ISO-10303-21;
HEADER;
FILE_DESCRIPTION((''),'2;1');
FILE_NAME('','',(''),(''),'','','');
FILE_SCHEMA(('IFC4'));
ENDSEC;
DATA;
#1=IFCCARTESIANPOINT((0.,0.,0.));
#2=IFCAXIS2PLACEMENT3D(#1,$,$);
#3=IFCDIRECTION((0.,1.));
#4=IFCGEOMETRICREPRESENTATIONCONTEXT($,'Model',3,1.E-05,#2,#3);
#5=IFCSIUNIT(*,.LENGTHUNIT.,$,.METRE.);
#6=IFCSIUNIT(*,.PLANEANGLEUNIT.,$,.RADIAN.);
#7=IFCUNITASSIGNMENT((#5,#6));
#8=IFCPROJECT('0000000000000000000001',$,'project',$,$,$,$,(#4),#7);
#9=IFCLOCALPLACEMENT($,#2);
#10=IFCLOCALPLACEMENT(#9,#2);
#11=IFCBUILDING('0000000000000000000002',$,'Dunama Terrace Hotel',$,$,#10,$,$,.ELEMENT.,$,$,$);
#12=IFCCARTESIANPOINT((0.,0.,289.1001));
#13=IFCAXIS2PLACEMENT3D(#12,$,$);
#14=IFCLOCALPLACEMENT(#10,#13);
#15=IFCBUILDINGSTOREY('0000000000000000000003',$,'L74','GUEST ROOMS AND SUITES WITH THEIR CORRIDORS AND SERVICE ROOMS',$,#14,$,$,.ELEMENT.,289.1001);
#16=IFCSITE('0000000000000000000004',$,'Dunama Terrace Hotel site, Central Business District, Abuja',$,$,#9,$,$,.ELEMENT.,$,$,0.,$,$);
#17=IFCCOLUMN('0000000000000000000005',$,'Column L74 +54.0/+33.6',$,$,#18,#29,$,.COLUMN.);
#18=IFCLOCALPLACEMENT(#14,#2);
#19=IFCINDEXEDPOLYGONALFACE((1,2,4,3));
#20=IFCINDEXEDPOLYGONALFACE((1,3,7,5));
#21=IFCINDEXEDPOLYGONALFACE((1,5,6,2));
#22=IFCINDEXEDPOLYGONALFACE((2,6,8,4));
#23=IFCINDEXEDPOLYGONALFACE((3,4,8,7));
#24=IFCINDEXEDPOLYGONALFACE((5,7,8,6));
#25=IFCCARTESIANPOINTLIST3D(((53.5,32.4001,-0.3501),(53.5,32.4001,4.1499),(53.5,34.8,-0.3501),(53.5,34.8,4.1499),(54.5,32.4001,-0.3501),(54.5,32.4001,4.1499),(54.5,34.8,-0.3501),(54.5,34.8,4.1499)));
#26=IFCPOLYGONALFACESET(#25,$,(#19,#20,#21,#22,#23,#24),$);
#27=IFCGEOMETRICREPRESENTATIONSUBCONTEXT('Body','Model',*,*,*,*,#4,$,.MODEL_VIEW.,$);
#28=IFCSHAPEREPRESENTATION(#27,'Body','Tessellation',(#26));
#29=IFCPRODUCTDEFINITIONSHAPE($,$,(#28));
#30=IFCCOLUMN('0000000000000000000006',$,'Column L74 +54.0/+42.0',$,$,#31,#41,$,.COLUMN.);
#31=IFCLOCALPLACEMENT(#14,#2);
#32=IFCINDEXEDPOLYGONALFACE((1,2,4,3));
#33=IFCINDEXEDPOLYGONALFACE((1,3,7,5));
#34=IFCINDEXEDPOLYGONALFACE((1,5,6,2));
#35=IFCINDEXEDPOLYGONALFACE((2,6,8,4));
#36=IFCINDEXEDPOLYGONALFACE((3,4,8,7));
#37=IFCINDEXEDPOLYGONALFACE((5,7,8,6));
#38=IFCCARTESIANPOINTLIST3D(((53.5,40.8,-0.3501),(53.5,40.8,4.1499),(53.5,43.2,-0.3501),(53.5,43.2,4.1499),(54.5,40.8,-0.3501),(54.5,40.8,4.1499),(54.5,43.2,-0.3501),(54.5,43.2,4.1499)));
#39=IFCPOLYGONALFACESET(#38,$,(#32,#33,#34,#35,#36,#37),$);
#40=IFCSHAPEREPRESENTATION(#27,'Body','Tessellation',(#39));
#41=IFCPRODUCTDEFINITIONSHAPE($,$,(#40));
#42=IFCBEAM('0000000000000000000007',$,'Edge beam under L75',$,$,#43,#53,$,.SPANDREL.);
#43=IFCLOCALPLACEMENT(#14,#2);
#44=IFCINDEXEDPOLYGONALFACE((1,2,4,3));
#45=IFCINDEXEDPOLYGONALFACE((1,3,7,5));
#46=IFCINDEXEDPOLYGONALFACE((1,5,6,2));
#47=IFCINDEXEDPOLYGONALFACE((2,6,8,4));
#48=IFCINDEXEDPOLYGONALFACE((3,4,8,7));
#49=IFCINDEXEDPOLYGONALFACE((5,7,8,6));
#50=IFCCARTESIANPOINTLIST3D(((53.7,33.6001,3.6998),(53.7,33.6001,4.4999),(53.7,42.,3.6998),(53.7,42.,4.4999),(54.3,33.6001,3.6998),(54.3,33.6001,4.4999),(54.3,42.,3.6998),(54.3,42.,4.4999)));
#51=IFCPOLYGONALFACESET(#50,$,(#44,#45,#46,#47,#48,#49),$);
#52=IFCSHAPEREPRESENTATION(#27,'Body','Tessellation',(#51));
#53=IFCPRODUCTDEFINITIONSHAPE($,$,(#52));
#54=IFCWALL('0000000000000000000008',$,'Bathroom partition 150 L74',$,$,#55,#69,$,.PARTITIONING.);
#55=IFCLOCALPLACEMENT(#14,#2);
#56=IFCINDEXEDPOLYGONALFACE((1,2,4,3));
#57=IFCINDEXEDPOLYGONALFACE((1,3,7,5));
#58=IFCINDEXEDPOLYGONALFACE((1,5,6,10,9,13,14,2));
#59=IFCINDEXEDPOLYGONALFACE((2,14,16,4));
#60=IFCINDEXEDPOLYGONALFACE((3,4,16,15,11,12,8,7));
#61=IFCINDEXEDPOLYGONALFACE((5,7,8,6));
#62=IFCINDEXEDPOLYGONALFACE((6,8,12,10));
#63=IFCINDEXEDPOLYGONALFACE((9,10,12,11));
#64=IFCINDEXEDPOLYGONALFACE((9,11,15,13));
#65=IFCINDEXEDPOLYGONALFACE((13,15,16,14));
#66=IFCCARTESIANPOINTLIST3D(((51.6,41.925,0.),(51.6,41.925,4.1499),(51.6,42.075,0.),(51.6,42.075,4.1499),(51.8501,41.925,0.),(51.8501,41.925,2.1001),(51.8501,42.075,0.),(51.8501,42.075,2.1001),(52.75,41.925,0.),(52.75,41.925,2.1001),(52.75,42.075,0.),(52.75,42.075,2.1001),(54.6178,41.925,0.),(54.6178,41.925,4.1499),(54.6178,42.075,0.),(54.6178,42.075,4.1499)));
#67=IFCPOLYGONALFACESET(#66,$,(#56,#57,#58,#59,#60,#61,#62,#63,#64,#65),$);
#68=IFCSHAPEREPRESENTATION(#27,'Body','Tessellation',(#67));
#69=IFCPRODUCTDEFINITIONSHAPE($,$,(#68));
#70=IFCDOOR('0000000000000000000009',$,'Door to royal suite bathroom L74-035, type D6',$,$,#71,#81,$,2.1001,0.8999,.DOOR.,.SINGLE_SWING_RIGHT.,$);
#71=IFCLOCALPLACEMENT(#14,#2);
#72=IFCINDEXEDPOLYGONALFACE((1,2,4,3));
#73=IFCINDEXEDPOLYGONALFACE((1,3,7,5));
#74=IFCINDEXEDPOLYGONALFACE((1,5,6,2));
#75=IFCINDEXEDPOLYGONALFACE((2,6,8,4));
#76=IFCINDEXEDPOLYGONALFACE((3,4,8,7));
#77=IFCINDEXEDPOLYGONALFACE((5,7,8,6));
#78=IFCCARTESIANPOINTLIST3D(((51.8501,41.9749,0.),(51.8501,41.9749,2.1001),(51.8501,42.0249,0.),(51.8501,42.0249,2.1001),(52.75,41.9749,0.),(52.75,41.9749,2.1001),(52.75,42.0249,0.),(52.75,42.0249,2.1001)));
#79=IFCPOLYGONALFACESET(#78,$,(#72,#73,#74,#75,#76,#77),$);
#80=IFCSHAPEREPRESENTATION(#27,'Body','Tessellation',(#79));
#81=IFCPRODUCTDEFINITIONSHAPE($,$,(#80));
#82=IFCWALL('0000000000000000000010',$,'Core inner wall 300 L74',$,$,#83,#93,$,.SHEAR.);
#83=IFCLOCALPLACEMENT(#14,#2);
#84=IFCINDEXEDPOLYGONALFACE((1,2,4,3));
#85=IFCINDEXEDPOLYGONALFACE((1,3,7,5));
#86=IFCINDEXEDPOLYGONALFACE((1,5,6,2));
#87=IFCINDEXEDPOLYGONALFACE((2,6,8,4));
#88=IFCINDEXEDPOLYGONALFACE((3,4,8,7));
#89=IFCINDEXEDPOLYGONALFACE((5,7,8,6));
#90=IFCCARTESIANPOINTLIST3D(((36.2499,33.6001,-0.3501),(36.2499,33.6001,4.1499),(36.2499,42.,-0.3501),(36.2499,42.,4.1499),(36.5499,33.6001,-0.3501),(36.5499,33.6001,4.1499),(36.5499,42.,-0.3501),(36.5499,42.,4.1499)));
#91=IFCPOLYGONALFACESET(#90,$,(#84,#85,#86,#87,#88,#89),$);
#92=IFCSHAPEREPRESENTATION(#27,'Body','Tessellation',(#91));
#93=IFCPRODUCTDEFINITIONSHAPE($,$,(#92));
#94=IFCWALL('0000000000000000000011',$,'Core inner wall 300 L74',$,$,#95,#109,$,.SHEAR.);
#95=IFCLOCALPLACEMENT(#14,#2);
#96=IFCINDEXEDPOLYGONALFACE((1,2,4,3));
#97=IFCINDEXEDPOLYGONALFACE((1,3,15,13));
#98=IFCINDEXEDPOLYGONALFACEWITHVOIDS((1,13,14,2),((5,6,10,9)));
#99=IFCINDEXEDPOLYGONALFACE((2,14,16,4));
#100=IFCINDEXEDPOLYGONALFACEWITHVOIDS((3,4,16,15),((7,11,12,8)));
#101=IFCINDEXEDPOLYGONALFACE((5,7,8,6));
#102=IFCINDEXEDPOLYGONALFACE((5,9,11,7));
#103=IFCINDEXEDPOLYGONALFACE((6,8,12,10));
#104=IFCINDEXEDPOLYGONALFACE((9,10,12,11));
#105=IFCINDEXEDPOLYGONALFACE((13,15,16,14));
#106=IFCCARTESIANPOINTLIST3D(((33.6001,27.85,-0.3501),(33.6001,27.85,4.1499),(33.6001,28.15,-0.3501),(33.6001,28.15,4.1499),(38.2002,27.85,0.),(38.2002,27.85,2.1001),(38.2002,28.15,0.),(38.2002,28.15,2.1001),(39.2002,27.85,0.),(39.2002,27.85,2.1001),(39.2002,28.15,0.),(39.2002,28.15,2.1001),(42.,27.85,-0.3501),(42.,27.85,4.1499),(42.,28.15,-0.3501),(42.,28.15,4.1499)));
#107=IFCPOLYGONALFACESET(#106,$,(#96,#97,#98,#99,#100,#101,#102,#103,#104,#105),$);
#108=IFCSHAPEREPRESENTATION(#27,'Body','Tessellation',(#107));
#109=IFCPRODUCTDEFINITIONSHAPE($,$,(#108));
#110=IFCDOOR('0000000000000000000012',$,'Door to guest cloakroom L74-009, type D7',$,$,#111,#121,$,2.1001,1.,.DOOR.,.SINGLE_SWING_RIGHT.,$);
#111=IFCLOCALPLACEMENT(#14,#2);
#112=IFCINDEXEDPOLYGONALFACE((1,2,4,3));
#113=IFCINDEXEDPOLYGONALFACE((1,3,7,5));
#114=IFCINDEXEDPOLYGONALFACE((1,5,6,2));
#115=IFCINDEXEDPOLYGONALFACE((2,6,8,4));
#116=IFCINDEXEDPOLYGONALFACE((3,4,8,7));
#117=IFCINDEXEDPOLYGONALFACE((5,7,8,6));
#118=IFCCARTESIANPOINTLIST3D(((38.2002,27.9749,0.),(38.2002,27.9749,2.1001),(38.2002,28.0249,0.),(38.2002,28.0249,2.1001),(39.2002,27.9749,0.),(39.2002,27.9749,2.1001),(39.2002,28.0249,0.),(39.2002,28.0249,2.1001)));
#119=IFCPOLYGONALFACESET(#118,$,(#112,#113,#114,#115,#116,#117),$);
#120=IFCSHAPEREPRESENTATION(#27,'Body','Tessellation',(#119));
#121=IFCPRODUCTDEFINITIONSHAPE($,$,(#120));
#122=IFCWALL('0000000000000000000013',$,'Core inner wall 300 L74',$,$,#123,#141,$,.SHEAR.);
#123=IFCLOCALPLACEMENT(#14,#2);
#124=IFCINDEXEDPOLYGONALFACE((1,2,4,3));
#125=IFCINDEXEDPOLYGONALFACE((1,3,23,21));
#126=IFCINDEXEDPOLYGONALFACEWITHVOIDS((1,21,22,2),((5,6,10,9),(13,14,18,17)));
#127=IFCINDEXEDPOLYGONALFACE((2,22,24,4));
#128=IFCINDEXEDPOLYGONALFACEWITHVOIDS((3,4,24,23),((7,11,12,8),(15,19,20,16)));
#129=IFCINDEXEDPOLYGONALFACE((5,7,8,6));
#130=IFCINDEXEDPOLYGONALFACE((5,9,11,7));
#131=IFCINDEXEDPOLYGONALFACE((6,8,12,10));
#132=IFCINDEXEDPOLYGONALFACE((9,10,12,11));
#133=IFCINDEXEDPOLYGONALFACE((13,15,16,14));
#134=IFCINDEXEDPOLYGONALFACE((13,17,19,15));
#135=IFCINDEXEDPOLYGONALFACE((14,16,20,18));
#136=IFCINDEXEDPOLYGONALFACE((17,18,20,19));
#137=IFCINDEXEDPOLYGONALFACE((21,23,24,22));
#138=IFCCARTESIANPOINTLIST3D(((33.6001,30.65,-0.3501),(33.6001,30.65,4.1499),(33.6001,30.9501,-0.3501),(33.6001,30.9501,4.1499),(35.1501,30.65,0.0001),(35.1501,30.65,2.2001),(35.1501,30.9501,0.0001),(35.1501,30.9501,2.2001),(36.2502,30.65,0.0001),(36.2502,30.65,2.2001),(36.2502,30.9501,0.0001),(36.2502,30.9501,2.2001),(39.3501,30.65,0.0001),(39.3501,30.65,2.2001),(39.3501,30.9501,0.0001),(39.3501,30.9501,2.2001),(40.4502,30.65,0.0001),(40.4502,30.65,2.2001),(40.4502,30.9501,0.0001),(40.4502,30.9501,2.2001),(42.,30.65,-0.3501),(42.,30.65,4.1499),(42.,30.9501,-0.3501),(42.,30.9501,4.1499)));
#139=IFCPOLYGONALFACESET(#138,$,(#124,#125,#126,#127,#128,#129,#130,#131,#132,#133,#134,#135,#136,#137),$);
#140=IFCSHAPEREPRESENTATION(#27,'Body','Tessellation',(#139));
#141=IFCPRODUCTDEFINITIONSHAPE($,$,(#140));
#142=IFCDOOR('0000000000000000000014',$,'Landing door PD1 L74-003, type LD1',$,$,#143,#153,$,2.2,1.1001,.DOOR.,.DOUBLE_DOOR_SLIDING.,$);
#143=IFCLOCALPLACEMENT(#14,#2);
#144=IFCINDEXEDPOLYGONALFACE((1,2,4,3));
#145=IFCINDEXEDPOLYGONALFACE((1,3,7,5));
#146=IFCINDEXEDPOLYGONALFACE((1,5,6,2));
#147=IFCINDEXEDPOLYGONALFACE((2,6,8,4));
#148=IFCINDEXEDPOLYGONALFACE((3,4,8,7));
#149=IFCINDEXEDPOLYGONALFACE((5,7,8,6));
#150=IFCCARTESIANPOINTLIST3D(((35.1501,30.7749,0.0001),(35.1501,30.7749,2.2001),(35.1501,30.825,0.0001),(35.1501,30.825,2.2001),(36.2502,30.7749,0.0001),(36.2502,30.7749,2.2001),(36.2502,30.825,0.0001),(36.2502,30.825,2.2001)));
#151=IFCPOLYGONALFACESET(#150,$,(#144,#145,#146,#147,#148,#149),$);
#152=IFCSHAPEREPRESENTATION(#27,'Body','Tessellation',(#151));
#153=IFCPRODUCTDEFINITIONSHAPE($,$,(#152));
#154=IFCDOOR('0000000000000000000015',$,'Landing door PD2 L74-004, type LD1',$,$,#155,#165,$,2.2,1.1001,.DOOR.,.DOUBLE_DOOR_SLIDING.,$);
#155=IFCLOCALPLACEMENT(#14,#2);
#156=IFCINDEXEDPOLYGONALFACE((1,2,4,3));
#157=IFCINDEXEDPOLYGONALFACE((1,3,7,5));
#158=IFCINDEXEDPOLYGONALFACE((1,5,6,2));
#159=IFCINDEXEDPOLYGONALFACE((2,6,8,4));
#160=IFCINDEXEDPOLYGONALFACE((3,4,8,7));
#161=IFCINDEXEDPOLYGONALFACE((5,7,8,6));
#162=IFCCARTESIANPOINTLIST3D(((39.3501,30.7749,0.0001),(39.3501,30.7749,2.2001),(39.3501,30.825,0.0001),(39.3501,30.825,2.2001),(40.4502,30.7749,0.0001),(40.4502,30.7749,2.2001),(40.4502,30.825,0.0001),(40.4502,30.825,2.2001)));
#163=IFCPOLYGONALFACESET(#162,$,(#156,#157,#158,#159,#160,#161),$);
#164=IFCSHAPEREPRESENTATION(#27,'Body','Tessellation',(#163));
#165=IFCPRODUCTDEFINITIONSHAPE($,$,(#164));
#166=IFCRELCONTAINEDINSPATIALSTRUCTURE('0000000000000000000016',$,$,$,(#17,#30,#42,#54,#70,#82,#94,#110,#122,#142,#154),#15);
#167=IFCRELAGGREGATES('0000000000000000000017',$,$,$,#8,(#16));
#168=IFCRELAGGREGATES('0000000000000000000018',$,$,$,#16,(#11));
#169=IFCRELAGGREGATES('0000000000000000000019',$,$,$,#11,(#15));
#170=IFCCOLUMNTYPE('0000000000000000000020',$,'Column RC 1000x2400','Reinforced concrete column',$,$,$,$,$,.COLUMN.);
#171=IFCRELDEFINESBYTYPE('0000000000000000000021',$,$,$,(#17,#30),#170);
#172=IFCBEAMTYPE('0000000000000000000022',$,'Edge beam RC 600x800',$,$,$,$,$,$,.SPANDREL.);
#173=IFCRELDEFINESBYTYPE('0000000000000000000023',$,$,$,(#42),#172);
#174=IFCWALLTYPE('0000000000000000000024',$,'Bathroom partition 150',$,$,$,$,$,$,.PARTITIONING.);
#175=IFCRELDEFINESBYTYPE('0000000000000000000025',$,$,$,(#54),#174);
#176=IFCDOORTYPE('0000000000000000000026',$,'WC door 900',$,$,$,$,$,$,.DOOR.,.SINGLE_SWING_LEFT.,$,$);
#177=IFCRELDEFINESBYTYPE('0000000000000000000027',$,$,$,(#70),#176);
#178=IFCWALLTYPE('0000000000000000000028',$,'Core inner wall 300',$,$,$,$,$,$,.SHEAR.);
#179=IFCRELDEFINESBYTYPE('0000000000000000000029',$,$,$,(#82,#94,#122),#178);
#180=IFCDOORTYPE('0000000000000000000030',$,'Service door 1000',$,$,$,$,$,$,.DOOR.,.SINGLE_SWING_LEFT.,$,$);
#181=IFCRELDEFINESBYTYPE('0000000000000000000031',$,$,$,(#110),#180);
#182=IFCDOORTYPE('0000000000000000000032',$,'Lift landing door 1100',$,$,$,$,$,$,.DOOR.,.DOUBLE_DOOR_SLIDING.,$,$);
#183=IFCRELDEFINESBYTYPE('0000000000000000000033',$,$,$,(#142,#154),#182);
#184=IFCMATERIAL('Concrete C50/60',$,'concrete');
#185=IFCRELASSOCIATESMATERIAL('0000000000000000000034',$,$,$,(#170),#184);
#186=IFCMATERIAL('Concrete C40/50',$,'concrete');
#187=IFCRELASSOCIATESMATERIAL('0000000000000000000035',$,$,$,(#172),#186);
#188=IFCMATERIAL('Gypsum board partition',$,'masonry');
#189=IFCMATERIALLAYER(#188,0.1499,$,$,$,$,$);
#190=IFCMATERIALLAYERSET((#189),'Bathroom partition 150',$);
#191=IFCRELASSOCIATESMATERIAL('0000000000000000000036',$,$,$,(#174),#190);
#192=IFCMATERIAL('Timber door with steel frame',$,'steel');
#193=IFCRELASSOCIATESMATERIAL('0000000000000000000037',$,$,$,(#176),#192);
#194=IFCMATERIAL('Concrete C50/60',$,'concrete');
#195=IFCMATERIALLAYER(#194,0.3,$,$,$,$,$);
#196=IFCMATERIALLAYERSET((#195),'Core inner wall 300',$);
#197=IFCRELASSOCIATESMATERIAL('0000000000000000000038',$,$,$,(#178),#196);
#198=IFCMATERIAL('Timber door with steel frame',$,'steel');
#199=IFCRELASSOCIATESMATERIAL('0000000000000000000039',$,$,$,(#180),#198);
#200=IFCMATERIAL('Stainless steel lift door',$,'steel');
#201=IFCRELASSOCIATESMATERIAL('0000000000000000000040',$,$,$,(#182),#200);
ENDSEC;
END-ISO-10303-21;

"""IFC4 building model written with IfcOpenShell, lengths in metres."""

from ifc_helpers import new_model, si_unit, direction, frame, frame_2d, origin, origin_2d, place, context, subcontext, project, spatial, rectangle, extrude, material, layer, layer_set, material_profile, profile_set, type_object, element, fill, save


model = new_model("IFC4")

# Units and contexts
model_context = context("Model", 3, precision=1e-05, world=origin(), true_north=direction((0.0, 1.0)))
body_context = subcontext(model_context, "Body", "Model", "MODEL_VIEW")
ifc_project = project(units=[si_unit("LENGTHUNIT", "METRE"), si_unit("PLANEANGLEUNIT", "RADIAN")], contexts=[model_context])

# Site, building, storey
site_placement = place(None, origin())
site = spatial("IfcSite", under=ifc_project, at=site_placement, Name="Dunama Terrace Hotel site, Central Business District, Abuja", CompositionType="ELEMENT", RefElevation=0.0)
building_placement = place(site_placement, origin())
building = spatial("IfcBuilding", under=site, at=building_placement, Name="Dunama Terrace Hotel", CompositionType="ELEMENT")
storey_placement = place(building_placement, frame((0.0, 0.0, 289.1001)))
storey = spatial("IfcBuildingStorey", under=building, at=storey_placement, Name="L74", Description="GUEST ROOMS AND SUITES WITH THEIR CORRIDORS AND SERVICE ROOMS", CompositionType="ELEMENT", Elevation=289.1001)

# Columns
ifc_material_1 = material(Name="Concrete C50/60", Category="concrete")
ifc_material_profile_1 = material_profile(ifc_material_1, rectangle(XDim=1.0, YDim=2.3999, at=origin_2d()), Name="RC 1000x2400")
ifc_profile_set_1 = profile_set([ifc_material_profile_1], Name="Concrete C50/60")
column_type = type_object("IfcColumnType", Name="Column RC 1000x2400", Description="Reinforced concrete column", PredefinedType="COLUMN", material=ifc_profile_set_1)
for number, where, z_axis, x_axis, name in (
    (1, (54.0, 33.6001, -0.3501), (0.0, 0.0, 1.0), (1.0, 0.0, 0.0), "Column L74 +54.0/+33.6"),
    (2, (54.0, 42.0, -0.3501), (0.0, 0.0, 1.0), (1.0, 0.0, 0.0), "Column L74 +54.0/+42.0"),
):
    element("IfcColumn", number, at=place(storey_placement, frame(where, z_axis=z_axis, x_axis=x_axis)), inside=storey, type_object=column_type, Name=name, PredefinedType="COLUMN", context=body_context, shape_type="SweptSolid", body=[
        extrude(rectangle(XDim=1.0, YDim=2.3999, at=origin_2d()), origin(), (0.0, 0.0, 1.0), 4.5),
    ])

# Beam
ifc_material_2 = material(Name="Concrete C40/50", Category="concrete")
ifc_material_profile_2 = material_profile(ifc_material_2, rectangle(XDim=0.6001, YDim=0.8, at=origin_2d()), Name="RC 600x800")
ifc_profile_set_2 = profile_set([ifc_material_profile_2], Name="Concrete C40/50")
beam_type = type_object("IfcBeamType", Name="Edge beam RC 600x800", PredefinedType="SPANDREL", material=ifc_profile_set_2)
beam_placement = place(storey_placement, frame((54.0, 33.6001, 4.0999), z_axis=(0.0, 1.0, 0.0), x_axis=(-1.0, 0.0, 0.0)))
element("IfcBeam", 3, at=beam_placement, inside=storey, type_object=beam_type, Name="Edge beam under L75", PredefinedType="SPANDREL", context=body_context, shape_type="SweptSolid", body=[
    extrude(rectangle(XDim=0.6001, YDim=0.8, at=origin_2d()), origin(), (0.0, 0.0, 1.0), 8.3999),
])

# Wall, opening, door
ifc_material_3 = material(Name="Gypsum board partition", Category="masonry")
ifc_layer_1 = layer(ifc_material_3, 0.1499)
ifc_layer_set_1 = layer_set([ifc_layer_1], Name="Bathroom partition 150")
wall_type_1 = type_object("IfcWallType", Name="Bathroom partition 150", PredefinedType="PARTITIONING", material=ifc_layer_set_1)
wall_1_placement = place(storey_placement, frame((51.6001, 42.0, 0.0), z_axis=(0.0, 0.0, 1.0), x_axis=(1.0, 0.0, 0.0)))
wall_1 = element("IfcWall", 4, at=wall_1_placement, inside=storey, type_object=wall_type_1, Name="Bathroom partition 150 L74", PredefinedType="PARTITIONING", context=body_context, shape_type="SweptSolid", body=[
    extrude(rectangle(XDim=3.0178, YDim=0.1499, at=frame_2d((1.5088, 0.0))), origin(), (0.0, 0.0, 1.0), 4.1499),
])
opening_1_placement = place(wall_1_placement, frame((0.25, 0.0, 0.0)))
opening_1 = element("IfcOpeningElement", 5, at=opening_1_placement, cuts=wall_1, PredefinedType="OPENING", context=body_context, shape_type="SweptSolid", body=[
    extrude(rectangle(XDim=0.8999, YDim=2.1001, at=frame_2d((0.45, 1.05))), frame((0.0, 0.085, 0.0), z_axis=(0.0, -1.0, 0.0), x_axis=(1.0, 0.0, 0.0)), (0.0, 0.0, 1.0), 0.1699),
])
ifc_material_4 = material(Name="Timber door with steel frame", Category="steel")
door_type_1 = type_object("IfcDoorType", Name="WC door 900", OperationType="SINGLE_SWING_LEFT", PredefinedType="DOOR", material=ifc_material_4)
door_1_placement = place(opening_1_placement, origin())
door_1 = element("IfcDoor", 6, at=door_1_placement, inside=storey, type_object=door_type_1, Name="Door to royal suite bathroom L74-035, type D6", OperationType="SINGLE_SWING_RIGHT", OverallHeight=2.1001, OverallWidth=0.8999, PredefinedType="DOOR", context=body_context, shape_type="SweptSolid", body=[
    extrude(rectangle(XDim=0.8999, YDim=2.1001, at=frame_2d((0.45, 1.05))), frame((0.0, 0.0249, 0.0), z_axis=(0.0, -1.0, 0.0), x_axis=(1.0, 0.0, 0.0)), (0.0, 0.0, 1.0), 0.05),
])
fill(opening_1, door_1)

# Wall
ifc_material_5 = material(Name="Concrete C50/60", Category="concrete")
ifc_layer_2 = layer(ifc_material_5, 0.3)
ifc_layer_set_2 = layer_set([ifc_layer_2], Name="Core inner wall 300")
wall_type_2 = type_object("IfcWallType", Name="Core inner wall 300", PredefinedType="SHEAR", material=ifc_layer_set_2)
wall_2_placement = place(storey_placement, frame((36.3999, 33.6001, -0.3501), z_axis=(0.0, 0.0, 1.0), x_axis=(0.0, 1.0, 0.0)))
element("IfcWall", 7, at=wall_2_placement, inside=storey, type_object=wall_type_2, Name="Core inner wall 300 L74", PredefinedType="SHEAR", context=body_context, shape_type="SweptSolid", body=[
    extrude(rectangle(XDim=8.3999, YDim=0.3, at=frame_2d((4.2, 0.0))), origin(), (0.0, 0.0, 1.0), 4.5),
])

# Wall, opening, door
wall_3_placement = place(storey_placement, frame((33.6001, 28.0, -0.3501), z_axis=(0.0, 0.0, 1.0), x_axis=(1.0, 0.0, 0.0)))
wall_3 = element("IfcWall", 8, at=wall_3_placement, inside=storey, type_object=wall_type_2, Name="Core inner wall 300 L74", PredefinedType="SHEAR", context=body_context, shape_type="SweptSolid", body=[
    extrude(rectangle(XDim=8.3999, YDim=0.3, at=frame_2d((4.2, 0.0))), origin(), (0.0, 0.0, 1.0), 4.5),
])
opening_2_placement = place(wall_3_placement, frame((4.6001, 0.0, 0.3501)))
opening_2 = element("IfcOpeningElement", 9, at=opening_2_placement, cuts=wall_3, PredefinedType="OPENING", context=body_context, shape_type="SweptSolid", body=[
    extrude(rectangle(XDim=1.0, YDim=2.1001, at=frame_2d((0.5, 1.05))), frame((0.0, 0.1599, 0.0), z_axis=(0.0, -1.0, 0.0), x_axis=(1.0, 0.0, 0.0)), (0.0, 0.0, 1.0), 0.3201),
])
ifc_material_6 = material(Name="Timber door with steel frame", Category="steel")
door_type_2 = type_object("IfcDoorType", Name="Service door 1000", OperationType="SINGLE_SWING_LEFT", PredefinedType="DOOR", material=ifc_material_6)
door_2_placement = place(opening_2_placement, frame((1.0, 0.0, 0.0), z_axis=(0.0, 0.0, 1.0), x_axis=(-1.0, 0.0, 0.0)))
door_2 = element("IfcDoor", 10, at=door_2_placement, inside=storey, type_object=door_type_2, Name="Door to guest cloakroom L74-009, type D7", OperationType="SINGLE_SWING_RIGHT", OverallHeight=2.1001, OverallWidth=1.0, PredefinedType="DOOR", context=body_context, shape_type="SweptSolid", body=[
    extrude(rectangle(XDim=1.0, YDim=2.1001, at=frame_2d((0.5, 1.05))), frame((0.0, 0.0251, 0.0), z_axis=(0.0, -1.0, 0.0), x_axis=(1.0, 0.0, 0.0)), (0.0, 0.0, 1.0), 0.05),
])
fill(opening_2, door_2)

# Wall, openings, doors
wall_4_placement = place(storey_placement, frame((33.6001, 30.8, -0.3501), z_axis=(0.0, 0.0, 1.0), x_axis=(1.0, 0.0, 0.0)))
wall_4 = element("IfcWall", 11, at=wall_4_placement, inside=storey, type_object=wall_type_2, Name="Core inner wall 300 L74", PredefinedType="SHEAR", context=body_context, shape_type="SweptSolid", body=[
    extrude(rectangle(XDim=8.3999, YDim=0.3, at=frame_2d((4.2, 0.0))), origin(), (0.0, 0.0, 1.0), 4.5),
])
opening_3_placement = place(wall_4_placement, frame((1.55, 0.0, 0.3501)))
opening_3 = element("IfcOpeningElement", 12, at=opening_3_placement, cuts=wall_4, PredefinedType="OPENING", context=body_context, shape_type="SweptSolid", body=[
    extrude(rectangle(XDim=1.1001, YDim=2.2, at=frame_2d((0.55, 1.1001))), frame((0.0, 0.1599, 0.0), z_axis=(0.0, -1.0, 0.0), x_axis=(1.0, 0.0, 0.0)), (0.0, 0.0, 1.0), 0.3201),
])
opening_4_placement = place(wall_4_placement, frame((5.75, 0.0, 0.3501)))
opening_4 = element("IfcOpeningElement", 13, at=opening_4_placement, cuts=wall_4, PredefinedType="OPENING", context=body_context, shape_type="SweptSolid", body=[
    extrude(rectangle(XDim=1.1001, YDim=2.2, at=frame_2d((0.55, 1.1001))), frame((0.0, 0.1599, 0.0), z_axis=(0.0, -1.0, 0.0), x_axis=(1.0, 0.0, 0.0)), (0.0, 0.0, 1.0), 0.3201),
])
ifc_material_7 = material(Name="Stainless steel lift door", Category="steel")
door_type_3 = type_object("IfcDoorType", Name="Lift landing door 1100", OperationType="DOUBLE_DOOR_SLIDING", PredefinedType="DOOR", material=ifc_material_7)
door_3_placement = place(opening_3_placement, origin())
door_3 = element("IfcDoor", 14, at=door_3_placement, inside=storey, type_object=door_type_3, Name="Landing door PD1 L74-003, type LD1", OperationType="DOUBLE_DOOR_SLIDING", OverallHeight=2.2, OverallWidth=1.1001, PredefinedType="DOOR", context=body_context, shape_type="SweptSolid", body=[
    extrude(rectangle(XDim=1.1001, YDim=2.2, at=frame_2d((0.55, 1.1001))), frame((0.0, 0.0249, 0.0), z_axis=(0.0, -1.0, 0.0), x_axis=(1.0, 0.0, 0.0)), (0.0, 0.0, 1.0), 0.05),
])
fill(opening_3, door_3)
door_4_placement = place(opening_4_placement, origin())
door_4 = element("IfcDoor", 15, at=door_4_placement, inside=storey, type_object=door_type_3, Name="Landing door PD2 L74-004, type LD1", OperationType="DOUBLE_DOOR_SLIDING", OverallHeight=2.2, OverallWidth=1.1001, PredefinedType="DOOR", context=body_context, shape_type="SweptSolid", body=[
    extrude(rectangle(XDim=1.1001, YDim=2.2, at=frame_2d((0.55, 1.1001))), frame((0.0, 0.0249, 0.0), z_axis=(0.0, -1.0, 0.0), x_axis=(1.0, 0.0, 0.0)), (0.0, 0.0, 1.0), 0.05),
])
fill(opening_4, door_4)

save(model, "model.ifc")
